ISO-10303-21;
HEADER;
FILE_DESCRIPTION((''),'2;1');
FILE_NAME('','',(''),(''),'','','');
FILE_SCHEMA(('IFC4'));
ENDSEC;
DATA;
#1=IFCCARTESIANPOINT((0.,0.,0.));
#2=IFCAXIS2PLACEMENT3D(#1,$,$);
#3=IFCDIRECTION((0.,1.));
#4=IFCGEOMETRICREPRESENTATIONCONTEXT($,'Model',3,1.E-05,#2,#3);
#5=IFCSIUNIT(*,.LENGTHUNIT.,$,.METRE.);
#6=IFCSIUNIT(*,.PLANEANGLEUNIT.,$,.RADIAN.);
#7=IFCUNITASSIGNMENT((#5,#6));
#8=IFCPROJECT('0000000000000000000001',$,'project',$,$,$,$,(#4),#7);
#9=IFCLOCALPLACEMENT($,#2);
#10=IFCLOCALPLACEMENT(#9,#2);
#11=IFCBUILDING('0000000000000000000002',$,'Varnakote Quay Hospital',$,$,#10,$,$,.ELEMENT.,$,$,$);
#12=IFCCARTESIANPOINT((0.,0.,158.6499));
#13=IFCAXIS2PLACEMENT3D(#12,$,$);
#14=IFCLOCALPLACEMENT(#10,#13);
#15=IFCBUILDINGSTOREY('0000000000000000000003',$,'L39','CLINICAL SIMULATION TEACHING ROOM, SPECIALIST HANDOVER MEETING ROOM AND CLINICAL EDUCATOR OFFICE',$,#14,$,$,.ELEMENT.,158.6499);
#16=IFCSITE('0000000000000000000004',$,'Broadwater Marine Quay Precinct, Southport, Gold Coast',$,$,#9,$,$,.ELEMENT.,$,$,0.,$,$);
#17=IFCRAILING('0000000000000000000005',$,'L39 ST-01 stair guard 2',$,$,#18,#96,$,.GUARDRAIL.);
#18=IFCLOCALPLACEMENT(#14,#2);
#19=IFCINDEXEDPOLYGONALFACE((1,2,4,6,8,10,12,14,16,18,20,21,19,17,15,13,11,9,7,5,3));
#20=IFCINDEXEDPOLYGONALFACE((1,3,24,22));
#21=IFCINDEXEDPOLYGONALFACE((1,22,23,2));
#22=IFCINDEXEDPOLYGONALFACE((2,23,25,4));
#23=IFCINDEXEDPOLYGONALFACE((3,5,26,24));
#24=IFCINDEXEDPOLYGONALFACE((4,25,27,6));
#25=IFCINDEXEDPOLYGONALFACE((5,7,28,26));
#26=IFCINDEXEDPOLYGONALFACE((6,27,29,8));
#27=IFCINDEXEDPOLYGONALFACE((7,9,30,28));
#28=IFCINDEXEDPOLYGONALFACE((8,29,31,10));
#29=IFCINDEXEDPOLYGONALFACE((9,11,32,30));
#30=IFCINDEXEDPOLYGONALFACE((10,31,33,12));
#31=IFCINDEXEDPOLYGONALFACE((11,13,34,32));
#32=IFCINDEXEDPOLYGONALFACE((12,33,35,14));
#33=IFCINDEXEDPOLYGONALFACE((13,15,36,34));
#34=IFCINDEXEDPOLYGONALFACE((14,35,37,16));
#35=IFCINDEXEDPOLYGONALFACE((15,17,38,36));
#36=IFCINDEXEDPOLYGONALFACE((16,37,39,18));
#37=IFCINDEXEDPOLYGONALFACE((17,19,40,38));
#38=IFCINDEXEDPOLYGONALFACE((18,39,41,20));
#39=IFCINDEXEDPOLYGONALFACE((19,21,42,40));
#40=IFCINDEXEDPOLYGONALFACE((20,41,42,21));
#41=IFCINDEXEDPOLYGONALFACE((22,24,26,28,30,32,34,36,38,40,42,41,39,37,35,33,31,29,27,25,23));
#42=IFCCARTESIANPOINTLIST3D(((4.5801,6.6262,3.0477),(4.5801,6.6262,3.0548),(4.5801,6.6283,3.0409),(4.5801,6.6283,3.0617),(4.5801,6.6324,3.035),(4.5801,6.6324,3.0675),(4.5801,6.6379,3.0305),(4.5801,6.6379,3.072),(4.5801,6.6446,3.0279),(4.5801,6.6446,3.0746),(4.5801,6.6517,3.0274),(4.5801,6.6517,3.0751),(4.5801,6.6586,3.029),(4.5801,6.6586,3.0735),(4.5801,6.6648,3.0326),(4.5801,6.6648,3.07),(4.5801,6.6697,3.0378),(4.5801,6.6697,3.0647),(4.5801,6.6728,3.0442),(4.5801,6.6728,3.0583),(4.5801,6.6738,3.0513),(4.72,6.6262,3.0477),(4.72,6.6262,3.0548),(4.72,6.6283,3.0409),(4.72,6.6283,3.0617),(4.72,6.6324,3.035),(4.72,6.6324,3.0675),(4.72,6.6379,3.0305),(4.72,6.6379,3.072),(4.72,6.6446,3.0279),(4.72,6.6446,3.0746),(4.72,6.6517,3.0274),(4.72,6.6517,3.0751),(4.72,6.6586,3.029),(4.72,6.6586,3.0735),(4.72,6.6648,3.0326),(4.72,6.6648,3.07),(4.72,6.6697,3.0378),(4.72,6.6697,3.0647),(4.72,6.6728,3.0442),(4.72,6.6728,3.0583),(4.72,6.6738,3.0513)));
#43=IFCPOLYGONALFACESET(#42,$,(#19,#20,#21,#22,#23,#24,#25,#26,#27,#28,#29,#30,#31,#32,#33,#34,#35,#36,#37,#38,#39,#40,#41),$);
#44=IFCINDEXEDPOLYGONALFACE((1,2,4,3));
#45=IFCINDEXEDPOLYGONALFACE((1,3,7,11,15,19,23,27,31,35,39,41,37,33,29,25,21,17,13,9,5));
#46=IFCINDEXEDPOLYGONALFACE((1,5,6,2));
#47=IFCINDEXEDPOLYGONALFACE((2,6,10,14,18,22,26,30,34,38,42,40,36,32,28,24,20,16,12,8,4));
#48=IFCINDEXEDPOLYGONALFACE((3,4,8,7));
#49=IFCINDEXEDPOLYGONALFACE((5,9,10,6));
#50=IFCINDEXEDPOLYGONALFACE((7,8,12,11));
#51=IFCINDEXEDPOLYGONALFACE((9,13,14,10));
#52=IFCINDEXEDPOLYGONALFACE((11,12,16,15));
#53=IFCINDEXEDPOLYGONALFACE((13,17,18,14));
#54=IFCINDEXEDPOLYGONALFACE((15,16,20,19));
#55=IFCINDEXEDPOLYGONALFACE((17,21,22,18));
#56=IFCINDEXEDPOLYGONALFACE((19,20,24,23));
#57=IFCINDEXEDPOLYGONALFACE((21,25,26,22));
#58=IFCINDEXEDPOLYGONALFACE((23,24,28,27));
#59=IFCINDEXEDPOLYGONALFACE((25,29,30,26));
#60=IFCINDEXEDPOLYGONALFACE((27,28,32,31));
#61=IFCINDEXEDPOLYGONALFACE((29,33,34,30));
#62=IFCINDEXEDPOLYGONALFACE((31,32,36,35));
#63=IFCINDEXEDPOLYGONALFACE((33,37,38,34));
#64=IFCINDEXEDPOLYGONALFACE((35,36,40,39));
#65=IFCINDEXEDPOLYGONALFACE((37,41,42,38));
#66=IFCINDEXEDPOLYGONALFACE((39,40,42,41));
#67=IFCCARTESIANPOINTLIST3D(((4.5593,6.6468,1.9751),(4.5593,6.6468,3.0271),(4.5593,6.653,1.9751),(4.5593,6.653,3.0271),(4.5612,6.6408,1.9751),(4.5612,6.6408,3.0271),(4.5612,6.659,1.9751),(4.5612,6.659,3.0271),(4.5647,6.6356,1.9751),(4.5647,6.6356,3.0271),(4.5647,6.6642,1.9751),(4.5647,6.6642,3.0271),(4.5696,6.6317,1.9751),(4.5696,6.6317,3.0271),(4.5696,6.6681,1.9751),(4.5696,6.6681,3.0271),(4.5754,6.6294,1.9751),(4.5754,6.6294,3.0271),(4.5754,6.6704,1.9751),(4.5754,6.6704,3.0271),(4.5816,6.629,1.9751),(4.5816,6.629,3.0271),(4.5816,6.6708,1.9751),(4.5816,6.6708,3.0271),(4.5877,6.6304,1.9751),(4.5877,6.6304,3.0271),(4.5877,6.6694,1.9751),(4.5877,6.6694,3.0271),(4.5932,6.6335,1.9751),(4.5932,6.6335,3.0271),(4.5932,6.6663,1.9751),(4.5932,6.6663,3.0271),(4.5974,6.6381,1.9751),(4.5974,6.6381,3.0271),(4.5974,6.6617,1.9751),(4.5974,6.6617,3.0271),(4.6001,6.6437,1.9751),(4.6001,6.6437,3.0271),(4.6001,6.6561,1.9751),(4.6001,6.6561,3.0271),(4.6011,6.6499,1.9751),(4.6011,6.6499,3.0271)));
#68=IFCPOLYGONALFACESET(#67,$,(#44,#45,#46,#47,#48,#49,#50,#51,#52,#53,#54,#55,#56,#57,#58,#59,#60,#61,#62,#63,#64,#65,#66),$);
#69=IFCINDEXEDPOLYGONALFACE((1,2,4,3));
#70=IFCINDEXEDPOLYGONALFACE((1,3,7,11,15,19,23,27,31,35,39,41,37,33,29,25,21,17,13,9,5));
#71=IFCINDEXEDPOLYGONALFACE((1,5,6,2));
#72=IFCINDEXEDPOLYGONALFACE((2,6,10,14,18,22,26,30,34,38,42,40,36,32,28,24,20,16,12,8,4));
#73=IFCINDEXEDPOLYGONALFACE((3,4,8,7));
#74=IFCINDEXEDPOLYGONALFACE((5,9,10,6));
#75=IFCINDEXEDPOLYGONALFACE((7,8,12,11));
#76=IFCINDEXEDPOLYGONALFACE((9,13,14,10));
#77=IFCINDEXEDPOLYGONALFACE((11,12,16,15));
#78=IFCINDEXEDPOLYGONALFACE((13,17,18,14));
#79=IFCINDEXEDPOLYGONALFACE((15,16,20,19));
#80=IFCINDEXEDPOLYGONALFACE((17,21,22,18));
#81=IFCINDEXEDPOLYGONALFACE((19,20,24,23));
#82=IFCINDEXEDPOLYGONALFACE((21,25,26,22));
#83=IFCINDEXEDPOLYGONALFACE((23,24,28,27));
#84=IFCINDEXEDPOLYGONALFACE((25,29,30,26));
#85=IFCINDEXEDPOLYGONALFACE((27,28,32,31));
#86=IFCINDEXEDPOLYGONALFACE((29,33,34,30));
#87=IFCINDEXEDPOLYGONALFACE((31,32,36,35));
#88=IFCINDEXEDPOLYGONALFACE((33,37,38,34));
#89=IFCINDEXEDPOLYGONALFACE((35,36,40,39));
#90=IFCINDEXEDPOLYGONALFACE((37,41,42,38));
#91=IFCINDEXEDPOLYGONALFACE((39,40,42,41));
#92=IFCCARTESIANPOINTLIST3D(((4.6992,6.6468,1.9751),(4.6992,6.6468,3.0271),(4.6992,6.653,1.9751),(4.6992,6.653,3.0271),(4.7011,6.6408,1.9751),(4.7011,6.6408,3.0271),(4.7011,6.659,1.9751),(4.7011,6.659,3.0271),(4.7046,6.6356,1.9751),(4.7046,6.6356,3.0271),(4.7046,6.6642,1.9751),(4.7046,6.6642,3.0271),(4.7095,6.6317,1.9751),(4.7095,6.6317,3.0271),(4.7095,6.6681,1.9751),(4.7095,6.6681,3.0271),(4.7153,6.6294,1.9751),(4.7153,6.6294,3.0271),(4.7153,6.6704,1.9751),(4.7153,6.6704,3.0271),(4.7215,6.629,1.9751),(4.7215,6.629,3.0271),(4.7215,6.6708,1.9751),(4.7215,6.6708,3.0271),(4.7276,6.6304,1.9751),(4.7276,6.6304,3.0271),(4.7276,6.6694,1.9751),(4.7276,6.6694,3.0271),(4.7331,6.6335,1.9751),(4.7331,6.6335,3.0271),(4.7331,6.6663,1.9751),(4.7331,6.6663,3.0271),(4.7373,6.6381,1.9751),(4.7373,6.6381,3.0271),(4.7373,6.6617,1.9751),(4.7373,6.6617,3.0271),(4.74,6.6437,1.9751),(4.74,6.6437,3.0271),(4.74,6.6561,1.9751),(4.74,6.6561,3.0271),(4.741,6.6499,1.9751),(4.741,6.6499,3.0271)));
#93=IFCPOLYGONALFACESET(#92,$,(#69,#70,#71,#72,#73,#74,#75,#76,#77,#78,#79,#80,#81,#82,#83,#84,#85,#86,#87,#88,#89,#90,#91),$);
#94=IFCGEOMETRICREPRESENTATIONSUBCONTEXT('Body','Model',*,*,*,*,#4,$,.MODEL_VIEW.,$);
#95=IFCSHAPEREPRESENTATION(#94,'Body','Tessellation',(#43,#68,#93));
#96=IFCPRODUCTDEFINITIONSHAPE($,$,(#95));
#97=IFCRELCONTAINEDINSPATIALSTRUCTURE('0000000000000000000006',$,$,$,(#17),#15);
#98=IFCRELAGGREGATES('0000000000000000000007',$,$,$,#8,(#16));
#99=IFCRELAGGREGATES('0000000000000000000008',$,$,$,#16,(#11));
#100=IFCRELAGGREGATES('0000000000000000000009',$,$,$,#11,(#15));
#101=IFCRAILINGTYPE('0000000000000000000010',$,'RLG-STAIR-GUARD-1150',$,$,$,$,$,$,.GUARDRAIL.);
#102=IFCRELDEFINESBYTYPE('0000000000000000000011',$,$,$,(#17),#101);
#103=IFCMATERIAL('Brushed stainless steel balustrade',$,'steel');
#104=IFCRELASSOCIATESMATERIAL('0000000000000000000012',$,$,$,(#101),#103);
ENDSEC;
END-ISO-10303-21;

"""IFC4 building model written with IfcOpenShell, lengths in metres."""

from ifc_helpers import new_model, si_unit, direction, frame, origin, origin_2d, place, context, subcontext, project, spatial, circle, extrude, material, type_object, element, save


model = new_model("IFC4")

# Units and contexts
model_context = context("Model", 3, precision=1e-05, world=origin(), true_north=direction((0.0, 1.0)))
body_context = subcontext(model_context, "Body", "Model", "MODEL_VIEW")
ifc_project = project(units=[si_unit("LENGTHUNIT", "METRE"), si_unit("PLANEANGLEUNIT", "RADIAN")], contexts=[model_context])

# Site, building, storey
site_placement = place(None, origin())
site = spatial("IfcSite", under=ifc_project, at=site_placement, Name="Broadwater Marine Quay Precinct, Southport, Gold Coast", CompositionType="ELEMENT", RefElevation=0.0)
building_placement = place(site_placement, origin())
building = spatial("IfcBuilding", under=site, at=building_placement, Name="Varnakote Quay Hospital", CompositionType="ELEMENT")
storey_placement = place(building_placement, frame((0.0, 0.0, 158.6499)))
storey = spatial("IfcBuildingStorey", under=building, at=storey_placement, Name="L39", Description="CLINICAL SIMULATION TEACHING ROOM, SPECIALIST HANDOVER MEETING ROOM AND CLINICAL EDUCATOR OFFICE", CompositionType="ELEMENT", Elevation=158.6499)

# Railing
ifc_material_1 = material(Name="Brushed stainless steel balustrade", Category="steel")
railing_type_1 = type_object("IfcRailingType", Name="RLG-STAIR-GUARD-1150", PredefinedType="GUARDRAIL", material=ifc_material_1)
railing_1_placement = place(storey_placement, frame((4.5801, 6.6499, 1.9751)))
element("IfcRailing", 1, at=railing_1_placement, inside=storey, type_object=railing_type_1, Name="L39 ST-01 stair guard 2", PredefinedType="GUARDRAIL", context=body_context, shape_type="SweptSolid", body=[
    extrude(circle(Radius=0.0239, at=origin_2d()), frame((0.0, 0.0, 1.0762), z_axis=(1.0, 0.0, 0.0), x_axis=(0.0, 1.0, 0.0)), (0.0, 0.0, 1.0), 0.1399),
    extrude(circle(Radius=0.021, at=origin_2d()), origin(), (0.0, 0.0, 1.0), 1.052),
    extrude(circle(Radius=0.021, at=origin_2d()), frame((0.1399, 0.0, 0.0)), (0.0, 0.0, 1.0), 1.052),
])

save(model, "model.ifc")
